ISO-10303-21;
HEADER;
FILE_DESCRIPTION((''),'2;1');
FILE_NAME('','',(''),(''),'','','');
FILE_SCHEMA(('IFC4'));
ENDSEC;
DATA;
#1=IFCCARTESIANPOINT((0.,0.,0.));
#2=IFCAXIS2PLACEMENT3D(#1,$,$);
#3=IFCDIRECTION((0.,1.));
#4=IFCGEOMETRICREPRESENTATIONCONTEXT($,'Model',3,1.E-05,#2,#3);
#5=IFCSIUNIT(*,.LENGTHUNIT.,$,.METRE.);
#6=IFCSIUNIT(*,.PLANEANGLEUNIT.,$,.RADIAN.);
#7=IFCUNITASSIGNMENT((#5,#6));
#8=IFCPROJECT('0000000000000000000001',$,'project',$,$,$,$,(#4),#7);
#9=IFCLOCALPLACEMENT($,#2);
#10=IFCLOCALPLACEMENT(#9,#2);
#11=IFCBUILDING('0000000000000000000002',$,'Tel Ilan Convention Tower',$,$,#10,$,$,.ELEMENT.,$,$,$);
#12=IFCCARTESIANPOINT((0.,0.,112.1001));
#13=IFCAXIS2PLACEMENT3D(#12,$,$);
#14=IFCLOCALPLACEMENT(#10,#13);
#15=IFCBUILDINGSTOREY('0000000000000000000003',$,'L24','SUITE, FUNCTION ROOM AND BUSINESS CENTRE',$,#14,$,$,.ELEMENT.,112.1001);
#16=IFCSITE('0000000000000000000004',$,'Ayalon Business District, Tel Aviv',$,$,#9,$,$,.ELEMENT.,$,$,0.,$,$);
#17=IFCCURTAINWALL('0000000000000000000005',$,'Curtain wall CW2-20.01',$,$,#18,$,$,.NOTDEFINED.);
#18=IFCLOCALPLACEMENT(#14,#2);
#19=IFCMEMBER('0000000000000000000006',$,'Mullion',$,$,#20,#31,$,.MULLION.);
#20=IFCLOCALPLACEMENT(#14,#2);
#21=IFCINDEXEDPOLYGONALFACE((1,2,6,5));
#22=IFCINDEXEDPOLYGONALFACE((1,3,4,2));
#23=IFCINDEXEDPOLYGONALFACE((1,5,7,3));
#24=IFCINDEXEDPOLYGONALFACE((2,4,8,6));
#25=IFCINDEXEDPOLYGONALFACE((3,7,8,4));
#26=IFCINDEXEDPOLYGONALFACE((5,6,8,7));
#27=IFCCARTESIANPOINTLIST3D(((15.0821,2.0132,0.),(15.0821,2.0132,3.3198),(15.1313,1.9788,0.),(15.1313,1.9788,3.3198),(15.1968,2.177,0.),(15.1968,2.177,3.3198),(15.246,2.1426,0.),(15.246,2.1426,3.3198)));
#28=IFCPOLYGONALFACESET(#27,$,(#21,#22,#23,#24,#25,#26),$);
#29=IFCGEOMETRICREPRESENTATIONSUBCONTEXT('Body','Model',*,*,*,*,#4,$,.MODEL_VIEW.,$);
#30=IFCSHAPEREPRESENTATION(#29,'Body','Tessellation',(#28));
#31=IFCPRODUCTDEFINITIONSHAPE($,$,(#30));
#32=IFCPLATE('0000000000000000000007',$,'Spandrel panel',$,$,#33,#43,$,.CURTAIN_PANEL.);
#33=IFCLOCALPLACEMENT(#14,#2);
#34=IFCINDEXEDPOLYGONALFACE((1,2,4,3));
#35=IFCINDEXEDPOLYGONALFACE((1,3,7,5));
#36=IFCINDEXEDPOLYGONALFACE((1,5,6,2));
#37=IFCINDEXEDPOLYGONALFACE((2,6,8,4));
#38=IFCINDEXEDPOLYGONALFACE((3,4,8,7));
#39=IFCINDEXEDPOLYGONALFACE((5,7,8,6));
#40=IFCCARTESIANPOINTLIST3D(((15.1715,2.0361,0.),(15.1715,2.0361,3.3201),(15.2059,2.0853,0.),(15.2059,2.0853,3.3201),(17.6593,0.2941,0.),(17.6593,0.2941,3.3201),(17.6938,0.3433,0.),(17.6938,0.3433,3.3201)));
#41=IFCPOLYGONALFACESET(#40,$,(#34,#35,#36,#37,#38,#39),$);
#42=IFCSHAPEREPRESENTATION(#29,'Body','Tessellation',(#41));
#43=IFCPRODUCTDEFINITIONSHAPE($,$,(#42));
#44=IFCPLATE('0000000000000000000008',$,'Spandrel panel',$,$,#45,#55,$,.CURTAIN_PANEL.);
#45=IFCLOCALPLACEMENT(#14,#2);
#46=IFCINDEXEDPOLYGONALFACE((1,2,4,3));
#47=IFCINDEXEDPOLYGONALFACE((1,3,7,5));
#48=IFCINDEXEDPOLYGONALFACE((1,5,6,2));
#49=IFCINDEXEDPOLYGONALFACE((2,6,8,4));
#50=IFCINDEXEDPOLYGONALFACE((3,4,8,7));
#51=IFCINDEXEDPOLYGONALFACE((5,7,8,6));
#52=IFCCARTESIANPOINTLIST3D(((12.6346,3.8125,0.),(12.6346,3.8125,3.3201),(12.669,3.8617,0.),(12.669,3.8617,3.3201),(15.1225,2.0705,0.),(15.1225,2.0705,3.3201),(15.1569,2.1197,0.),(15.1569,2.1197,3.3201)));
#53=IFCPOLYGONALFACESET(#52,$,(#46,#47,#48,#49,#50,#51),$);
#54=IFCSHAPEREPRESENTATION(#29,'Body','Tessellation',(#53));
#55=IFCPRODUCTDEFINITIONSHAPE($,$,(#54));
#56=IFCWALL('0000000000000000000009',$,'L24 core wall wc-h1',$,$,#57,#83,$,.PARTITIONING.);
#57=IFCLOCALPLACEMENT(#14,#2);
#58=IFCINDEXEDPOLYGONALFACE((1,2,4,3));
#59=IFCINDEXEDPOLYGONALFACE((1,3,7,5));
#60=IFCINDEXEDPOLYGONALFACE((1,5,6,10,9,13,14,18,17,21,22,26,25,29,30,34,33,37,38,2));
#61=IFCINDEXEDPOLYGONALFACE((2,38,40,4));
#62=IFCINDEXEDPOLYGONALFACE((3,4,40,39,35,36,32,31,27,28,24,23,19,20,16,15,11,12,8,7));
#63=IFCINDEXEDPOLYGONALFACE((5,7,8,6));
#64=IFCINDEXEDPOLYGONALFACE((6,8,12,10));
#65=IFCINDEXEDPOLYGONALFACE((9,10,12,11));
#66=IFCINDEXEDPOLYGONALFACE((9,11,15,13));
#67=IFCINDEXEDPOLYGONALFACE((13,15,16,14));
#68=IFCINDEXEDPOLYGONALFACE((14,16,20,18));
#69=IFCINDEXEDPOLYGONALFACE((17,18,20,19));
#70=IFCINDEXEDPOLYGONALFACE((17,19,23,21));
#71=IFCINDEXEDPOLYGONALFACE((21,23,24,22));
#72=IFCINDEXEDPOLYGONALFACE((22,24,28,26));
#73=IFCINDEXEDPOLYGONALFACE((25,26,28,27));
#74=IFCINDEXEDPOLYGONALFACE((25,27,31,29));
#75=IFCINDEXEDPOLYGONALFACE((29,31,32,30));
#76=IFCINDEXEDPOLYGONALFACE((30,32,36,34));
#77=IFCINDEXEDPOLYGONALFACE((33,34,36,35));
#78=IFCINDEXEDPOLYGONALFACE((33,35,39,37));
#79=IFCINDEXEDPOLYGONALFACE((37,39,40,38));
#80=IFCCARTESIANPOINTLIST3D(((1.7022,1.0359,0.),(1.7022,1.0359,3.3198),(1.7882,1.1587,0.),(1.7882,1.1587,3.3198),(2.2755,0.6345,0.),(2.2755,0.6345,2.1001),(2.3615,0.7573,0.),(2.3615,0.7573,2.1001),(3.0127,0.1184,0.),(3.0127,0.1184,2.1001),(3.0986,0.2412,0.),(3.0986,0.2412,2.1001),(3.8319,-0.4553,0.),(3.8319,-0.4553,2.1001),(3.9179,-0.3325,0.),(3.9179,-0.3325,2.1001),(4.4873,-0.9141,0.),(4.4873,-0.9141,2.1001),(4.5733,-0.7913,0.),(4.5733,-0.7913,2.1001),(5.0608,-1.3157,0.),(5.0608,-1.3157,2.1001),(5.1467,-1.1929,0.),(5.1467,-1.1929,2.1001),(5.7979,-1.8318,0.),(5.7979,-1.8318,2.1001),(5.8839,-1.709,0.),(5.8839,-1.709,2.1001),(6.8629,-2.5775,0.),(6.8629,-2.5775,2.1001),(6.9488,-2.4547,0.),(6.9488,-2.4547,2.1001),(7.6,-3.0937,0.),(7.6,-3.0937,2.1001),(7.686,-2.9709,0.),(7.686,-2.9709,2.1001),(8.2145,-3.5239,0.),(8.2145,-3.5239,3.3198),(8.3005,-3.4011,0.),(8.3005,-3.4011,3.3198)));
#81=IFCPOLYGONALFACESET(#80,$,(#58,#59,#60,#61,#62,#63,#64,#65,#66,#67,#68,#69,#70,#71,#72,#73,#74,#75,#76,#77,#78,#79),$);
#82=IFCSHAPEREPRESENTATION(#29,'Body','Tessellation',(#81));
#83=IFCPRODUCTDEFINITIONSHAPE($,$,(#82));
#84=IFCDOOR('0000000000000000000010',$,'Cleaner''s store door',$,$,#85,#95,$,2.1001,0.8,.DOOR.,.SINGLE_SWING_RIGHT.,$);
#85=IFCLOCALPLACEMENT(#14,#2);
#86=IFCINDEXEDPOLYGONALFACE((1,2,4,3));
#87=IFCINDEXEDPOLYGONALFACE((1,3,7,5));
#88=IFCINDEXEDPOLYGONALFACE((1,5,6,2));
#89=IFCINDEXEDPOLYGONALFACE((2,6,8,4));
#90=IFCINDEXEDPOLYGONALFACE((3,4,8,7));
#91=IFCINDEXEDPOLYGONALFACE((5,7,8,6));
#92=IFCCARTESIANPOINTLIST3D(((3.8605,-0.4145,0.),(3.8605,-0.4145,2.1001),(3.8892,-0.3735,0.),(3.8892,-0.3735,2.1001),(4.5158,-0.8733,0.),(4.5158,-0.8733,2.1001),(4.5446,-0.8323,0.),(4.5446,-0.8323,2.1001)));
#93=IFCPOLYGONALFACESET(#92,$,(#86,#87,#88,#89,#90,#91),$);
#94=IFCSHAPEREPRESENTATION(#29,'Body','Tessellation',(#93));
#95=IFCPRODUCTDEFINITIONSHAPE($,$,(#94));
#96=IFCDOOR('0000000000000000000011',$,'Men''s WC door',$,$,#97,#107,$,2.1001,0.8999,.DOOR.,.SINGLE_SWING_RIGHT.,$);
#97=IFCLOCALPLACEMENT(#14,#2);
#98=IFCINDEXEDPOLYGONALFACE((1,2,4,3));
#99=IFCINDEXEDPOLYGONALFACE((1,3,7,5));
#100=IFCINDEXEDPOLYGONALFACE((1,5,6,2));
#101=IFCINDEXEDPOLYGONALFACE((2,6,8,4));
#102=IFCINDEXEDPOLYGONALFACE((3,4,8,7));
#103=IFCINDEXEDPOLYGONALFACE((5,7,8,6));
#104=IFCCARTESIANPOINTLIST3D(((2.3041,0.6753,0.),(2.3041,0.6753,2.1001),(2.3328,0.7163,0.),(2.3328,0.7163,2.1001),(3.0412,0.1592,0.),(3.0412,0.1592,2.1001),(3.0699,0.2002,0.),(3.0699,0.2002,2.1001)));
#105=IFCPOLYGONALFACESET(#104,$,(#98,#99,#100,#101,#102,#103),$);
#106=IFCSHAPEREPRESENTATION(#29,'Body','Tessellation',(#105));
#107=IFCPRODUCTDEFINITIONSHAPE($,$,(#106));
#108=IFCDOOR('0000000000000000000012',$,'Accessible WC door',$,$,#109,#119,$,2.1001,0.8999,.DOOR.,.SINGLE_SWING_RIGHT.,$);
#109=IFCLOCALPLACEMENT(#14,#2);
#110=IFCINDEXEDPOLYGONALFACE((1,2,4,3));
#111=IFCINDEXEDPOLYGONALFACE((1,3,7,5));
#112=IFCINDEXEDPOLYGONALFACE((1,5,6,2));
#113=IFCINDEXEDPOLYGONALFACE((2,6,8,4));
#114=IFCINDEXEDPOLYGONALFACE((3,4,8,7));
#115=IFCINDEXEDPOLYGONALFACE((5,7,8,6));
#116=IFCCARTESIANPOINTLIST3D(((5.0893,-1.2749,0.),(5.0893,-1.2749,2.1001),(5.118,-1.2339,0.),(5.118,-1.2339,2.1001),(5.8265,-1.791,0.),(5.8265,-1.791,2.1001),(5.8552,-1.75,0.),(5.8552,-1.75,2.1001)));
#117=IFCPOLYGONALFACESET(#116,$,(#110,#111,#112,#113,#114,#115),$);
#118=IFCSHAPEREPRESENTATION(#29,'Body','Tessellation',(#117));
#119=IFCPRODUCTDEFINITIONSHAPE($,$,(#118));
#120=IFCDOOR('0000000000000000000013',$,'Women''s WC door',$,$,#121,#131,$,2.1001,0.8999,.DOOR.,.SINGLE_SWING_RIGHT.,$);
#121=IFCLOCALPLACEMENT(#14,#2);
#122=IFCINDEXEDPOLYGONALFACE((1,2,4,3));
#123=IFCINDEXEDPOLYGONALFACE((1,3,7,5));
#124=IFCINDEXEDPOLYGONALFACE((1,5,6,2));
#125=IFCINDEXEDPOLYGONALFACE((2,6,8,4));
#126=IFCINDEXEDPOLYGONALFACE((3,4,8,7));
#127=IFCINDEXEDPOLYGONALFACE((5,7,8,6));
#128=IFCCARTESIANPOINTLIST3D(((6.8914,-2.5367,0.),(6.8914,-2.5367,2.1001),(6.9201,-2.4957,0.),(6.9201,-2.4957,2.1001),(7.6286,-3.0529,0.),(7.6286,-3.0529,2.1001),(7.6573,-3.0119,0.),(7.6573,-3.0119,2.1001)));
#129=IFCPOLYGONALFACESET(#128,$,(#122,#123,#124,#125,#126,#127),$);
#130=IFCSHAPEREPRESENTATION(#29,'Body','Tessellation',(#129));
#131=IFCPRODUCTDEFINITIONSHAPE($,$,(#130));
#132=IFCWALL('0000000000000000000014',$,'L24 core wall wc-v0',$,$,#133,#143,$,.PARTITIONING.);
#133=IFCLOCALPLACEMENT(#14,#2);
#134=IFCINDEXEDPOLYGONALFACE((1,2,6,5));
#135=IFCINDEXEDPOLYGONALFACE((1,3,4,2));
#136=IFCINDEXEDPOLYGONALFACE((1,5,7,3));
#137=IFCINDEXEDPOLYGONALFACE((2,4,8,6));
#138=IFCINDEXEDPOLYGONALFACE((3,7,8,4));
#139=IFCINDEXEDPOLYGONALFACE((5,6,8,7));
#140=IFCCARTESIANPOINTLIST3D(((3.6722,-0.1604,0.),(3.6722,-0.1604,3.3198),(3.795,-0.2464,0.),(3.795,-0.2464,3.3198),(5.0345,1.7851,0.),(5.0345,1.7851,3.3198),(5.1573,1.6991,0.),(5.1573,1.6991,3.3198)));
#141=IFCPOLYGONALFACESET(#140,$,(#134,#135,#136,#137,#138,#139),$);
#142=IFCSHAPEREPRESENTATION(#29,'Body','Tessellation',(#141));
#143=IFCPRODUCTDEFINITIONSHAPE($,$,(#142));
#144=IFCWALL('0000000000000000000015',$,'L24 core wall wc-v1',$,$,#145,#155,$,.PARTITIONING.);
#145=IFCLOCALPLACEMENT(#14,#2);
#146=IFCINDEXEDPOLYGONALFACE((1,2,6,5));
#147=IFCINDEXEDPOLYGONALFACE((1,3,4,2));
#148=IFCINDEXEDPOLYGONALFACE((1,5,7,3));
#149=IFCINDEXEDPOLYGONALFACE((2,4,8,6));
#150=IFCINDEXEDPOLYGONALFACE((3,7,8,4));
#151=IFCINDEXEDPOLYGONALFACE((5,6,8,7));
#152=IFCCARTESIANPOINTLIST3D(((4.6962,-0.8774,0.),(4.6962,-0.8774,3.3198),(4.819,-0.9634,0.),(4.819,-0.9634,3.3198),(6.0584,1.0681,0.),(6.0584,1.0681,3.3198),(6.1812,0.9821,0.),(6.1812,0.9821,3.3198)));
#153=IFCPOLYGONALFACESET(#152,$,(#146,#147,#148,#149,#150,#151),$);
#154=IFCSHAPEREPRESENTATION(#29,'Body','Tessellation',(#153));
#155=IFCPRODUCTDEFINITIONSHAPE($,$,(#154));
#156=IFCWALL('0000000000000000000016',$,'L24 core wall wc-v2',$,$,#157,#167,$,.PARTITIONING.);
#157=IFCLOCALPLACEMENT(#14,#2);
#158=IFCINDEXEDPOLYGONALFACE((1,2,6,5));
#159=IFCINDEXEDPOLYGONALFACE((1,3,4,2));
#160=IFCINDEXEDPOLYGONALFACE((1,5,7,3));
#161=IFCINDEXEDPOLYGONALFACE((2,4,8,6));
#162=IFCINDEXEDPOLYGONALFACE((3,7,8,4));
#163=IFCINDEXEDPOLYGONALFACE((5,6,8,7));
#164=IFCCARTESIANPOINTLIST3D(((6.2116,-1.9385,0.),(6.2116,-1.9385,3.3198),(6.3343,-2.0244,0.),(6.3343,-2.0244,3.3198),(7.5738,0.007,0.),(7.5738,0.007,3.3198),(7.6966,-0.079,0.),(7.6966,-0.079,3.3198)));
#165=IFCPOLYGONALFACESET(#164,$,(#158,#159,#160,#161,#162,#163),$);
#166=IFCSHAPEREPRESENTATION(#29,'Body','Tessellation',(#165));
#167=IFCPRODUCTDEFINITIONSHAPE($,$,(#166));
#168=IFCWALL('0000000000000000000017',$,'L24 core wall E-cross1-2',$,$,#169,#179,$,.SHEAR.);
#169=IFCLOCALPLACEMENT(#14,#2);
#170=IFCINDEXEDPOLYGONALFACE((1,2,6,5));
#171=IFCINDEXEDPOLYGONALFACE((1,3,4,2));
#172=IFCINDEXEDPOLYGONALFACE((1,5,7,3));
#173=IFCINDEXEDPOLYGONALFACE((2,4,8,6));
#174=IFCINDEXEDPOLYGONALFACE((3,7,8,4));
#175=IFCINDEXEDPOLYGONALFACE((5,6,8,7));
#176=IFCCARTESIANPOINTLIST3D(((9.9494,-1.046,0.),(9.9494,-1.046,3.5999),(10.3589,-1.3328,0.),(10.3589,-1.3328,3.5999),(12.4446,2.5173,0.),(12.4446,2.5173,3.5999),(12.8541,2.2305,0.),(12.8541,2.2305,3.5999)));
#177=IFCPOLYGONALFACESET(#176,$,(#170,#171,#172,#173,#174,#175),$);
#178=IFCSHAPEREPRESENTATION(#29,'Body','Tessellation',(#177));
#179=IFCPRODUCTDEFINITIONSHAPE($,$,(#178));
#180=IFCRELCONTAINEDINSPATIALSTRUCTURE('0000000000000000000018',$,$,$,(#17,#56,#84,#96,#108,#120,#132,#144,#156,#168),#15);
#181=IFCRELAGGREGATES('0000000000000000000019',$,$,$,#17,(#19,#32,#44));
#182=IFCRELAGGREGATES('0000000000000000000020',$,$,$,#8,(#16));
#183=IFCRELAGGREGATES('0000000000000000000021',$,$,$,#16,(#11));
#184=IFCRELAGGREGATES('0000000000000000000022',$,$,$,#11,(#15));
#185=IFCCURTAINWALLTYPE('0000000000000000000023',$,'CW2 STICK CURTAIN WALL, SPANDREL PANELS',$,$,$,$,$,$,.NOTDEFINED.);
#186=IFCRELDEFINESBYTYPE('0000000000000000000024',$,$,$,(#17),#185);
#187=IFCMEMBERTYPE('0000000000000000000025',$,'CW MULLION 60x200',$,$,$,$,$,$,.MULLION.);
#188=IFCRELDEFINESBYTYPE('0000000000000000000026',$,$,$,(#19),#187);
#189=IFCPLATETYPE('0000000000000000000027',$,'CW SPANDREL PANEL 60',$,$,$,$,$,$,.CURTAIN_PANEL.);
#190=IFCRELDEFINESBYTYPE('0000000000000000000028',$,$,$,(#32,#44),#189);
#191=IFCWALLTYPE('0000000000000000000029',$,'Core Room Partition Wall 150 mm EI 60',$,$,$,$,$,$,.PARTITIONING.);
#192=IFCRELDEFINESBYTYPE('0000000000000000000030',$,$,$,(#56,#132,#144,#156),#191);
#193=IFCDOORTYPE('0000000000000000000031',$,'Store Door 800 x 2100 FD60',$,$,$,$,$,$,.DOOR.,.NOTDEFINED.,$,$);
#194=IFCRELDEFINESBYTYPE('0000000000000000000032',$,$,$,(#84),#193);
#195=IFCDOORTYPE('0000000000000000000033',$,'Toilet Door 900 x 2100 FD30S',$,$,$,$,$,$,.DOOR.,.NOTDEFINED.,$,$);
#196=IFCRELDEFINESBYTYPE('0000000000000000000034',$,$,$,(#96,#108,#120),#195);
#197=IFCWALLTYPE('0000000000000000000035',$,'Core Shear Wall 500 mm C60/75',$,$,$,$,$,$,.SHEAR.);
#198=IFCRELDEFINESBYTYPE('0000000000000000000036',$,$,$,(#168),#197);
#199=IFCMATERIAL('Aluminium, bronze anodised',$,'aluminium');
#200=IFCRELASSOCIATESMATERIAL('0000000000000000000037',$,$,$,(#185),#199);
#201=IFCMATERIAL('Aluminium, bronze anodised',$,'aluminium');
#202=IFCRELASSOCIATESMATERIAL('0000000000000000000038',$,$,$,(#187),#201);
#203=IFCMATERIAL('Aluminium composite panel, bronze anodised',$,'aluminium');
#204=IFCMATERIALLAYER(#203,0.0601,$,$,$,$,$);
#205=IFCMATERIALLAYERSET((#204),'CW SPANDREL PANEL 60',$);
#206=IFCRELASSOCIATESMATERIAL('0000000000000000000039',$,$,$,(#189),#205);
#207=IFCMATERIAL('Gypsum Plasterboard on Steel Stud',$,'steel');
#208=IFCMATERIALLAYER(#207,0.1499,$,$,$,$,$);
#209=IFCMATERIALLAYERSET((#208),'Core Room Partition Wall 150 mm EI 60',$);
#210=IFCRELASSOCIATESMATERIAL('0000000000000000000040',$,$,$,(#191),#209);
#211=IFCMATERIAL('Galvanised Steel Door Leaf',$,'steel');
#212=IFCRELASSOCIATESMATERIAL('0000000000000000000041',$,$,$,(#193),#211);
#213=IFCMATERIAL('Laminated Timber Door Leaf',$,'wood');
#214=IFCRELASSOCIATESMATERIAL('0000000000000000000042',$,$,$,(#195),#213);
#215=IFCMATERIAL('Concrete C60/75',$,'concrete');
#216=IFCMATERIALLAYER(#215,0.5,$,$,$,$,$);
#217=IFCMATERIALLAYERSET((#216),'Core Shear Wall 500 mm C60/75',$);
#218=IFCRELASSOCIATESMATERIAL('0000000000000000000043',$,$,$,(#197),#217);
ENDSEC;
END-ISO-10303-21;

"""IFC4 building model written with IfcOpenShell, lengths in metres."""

from ifc_helpers import new_model, si_unit, direction, frame, frame_2d, origin, origin_2d, place, context, subcontext, project, spatial, polyline, rectangle, outline, extrude, material, layer, layer_set, material_profile, profile_set, type_object, element, fill, aggregate, save


model = new_model("IFC4")

# Units and contexts
model_context = context("Model", 3, precision=1e-05, world=origin(), true_north=direction((0.0, 1.0)))
body_context = subcontext(model_context, "Body", "Model", "MODEL_VIEW")
ifc_project = project(units=[si_unit("LENGTHUNIT", "METRE"), si_unit("PLANEANGLEUNIT", "RADIAN")], contexts=[model_context])

# Site, building, storey
site_placement = place(None, origin())
site = spatial("IfcSite", under=ifc_project, at=site_placement, Name="Ayalon Business District, Tel Aviv", CompositionType="ELEMENT", RefElevation=0.0)
building_placement = place(site_placement, origin())
building = spatial("IfcBuilding", under=site, at=building_placement, Name="Tel Ilan Convention Tower", CompositionType="ELEMENT")
storey_placement = place(building_placement, frame((0.0, 0.0, 112.1001)))
storey = spatial("IfcBuildingStorey", under=building, at=storey_placement, Name="L24", Description="SUITE, FUNCTION ROOM AND BUSINESS CENTRE", CompositionType="ELEMENT", Elevation=112.1001)

# Curtain wall, member, plates
ifc_material_1 = material(Name="Aluminium, bronze anodised", Category="aluminium")
curtain_wall_type = type_object("IfcCurtainWallType", Name="CW2 STICK CURTAIN WALL, SPANDREL PANELS", PredefinedType="NOTDEFINED", material=ifc_material_1)
curtain_wall_placement = place(storey_placement, origin())
curtain_wall = element("IfcCurtainWall", 1, at=curtain_wall_placement, inside=storey, type_object=curtain_wall_type, Name="Curtain wall CW2-20.01", PredefinedType="NOTDEFINED")
ifc_material_2 = material(Name="Aluminium, bronze anodised", Category="aluminium")
ifc_material_profile = material_profile(ifc_material_2, rectangle(XDim=0.0601, YDim=0.2, at=origin_2d()), Name="CW MULLION 60x200")
ifc_profile_set = profile_set([ifc_material_profile], Name="Aluminium, bronze anodised")
member_type = type_object("IfcMemberType", Name="CW MULLION 60x200", PredefinedType="MULLION", material=ifc_profile_set)
member_placement = place(storey_placement, frame((15.1641, 2.0779, 0.0), z_axis=(0.0, 0.0, 1.0), x_axis=(-0.819152, 0.573576, 0.0)))
member = element("IfcMember", 2, at=member_placement, type_object=member_type, Name="Mullion", PredefinedType="MULLION", context=body_context, shape_type="SweptSolid", body=[
    extrude(rectangle(XDim=0.0601, YDim=0.2, at=origin_2d()), origin(), (0.0, 0.0, 1.0), 3.3198),
])
ifc_material_3 = material(Name="Aluminium composite panel, bronze anodised", Category="aluminium")
ifc_layer_1 = layer(ifc_material_3, 0.0601)
ifc_layer_set_1 = layer_set([ifc_layer_1], Name="CW SPANDREL PANEL 60")
plate_type = type_object("IfcPlateType", Name="CW SPANDREL PANEL 60", PredefinedType="CURTAIN_PANEL", material=ifc_layer_set_1)
plate_1_placement = place(storey_placement, frame((16.4326, 1.1897, 0.0), z_axis=(0.0, 0.0, 1.0), x_axis=(-0.819152, 0.573576, 0.0)))
plate_1 = element("IfcPlate", 3, at=plate_1_placement, type_object=plate_type, Name="Spandrel panel", PredefinedType="CURTAIN_PANEL", context=body_context, shape_type="SweptSolid", body=[
    extrude(rectangle(XDim=3.0371, YDim=0.0601, at=origin_2d()), origin(), (0.0, 0.0, 1.0), 3.3201),
])
plate_2_placement = place(storey_placement, frame((13.8958, 2.9661, 0.0), z_axis=(0.0, 0.0, 1.0), x_axis=(-0.819152, 0.573576, 0.0)))
plate_2 = element("IfcPlate", 4, at=plate_2_placement, type_object=plate_type, Name="Spandrel panel", PredefinedType="CURTAIN_PANEL", context=body_context, shape_type="SweptSolid", body=[
    extrude(rectangle(XDim=3.0371, YDim=0.0601, at=origin_2d()), origin(), (0.0, 0.0, 1.0), 3.3201),
])
aggregate(curtain_wall, [member, plate_1, plate_2])

# Wall, openings, doors
ifc_material_4 = material(Name="Gypsum Plasterboard on Steel Stud", Category="steel")
ifc_layer_2 = layer(ifc_material_4, 0.1499)
ifc_layer_set_2 = layer_set([ifc_layer_2], Name="Core Room Partition Wall 150 mm EI 60")
wall_type_1 = type_object("IfcWallType", Name="Core Room Partition Wall 150 mm EI 60", PredefinedType="PARTITIONING", material=ifc_layer_set_2)
wall_1_placement = place(storey_placement, frame((1.7451, 1.0974, 0.0), z_axis=(0.0, 0.0, 1.0), x_axis=(0.819157, -0.57357, 0.0)))
wall_1 = element("IfcWall", 5, at=wall_1_placement, inside=storey, type_object=wall_type_1, Name="L24 core wall wc-h1", PredefinedType="PARTITIONING", context=body_context, shape_type="SweptSolid", body=[
    extrude(rectangle(XDim=7.95, YDim=0.1499, at=frame_2d((3.9751, 0.0))), origin(), (0.0, 0.0, 1.0), 3.3198),
])
opening_1_placement = place(wall_1_placement, frame((0.7, 0.0, 0.0)))
opening_1 = element("IfcOpeningElement", 6, at=opening_1_placement, cuts=wall_1, PredefinedType="OPENING", context=body_context, shape_type="SweptSolid", body=[
    extrude(rectangle(XDim=0.8999, YDim=2.1001, at=frame_2d((0.45, 1.05))), frame((0.0, 0.085, 0.0), z_axis=(0.0, -1.0, 0.0), x_axis=(1.0, 0.0, 0.0)), (0.0, 0.0, 1.0), 0.1699),
])
opening_2_placement = place(wall_1_placement, frame((2.6001, 0.0, 0.0)))
opening_2 = element("IfcOpeningElement", 7, at=opening_2_placement, cuts=wall_1, PredefinedType="OPENING", context=body_context, shape_type="SweptSolid", body=[
    extrude(rectangle(XDim=0.8, YDim=2.1001, at=frame_2d((0.3999, 1.05))), frame((0.0, 0.085, 0.0), z_axis=(0.0, -1.0, 0.0), x_axis=(1.0, 0.0, 0.0)), (0.0, 0.0, 1.0), 0.1699),
])
opening_3_placement = place(wall_1_placement, frame((4.1001, 0.0, 0.0)))
opening_3 = element("IfcOpeningElement", 8, at=opening_3_placement, cuts=wall_1, PredefinedType="OPENING", context=body_context, shape_type="SweptSolid", body=[
    extrude(rectangle(XDim=0.8999, YDim=2.1001, at=frame_2d((0.45, 1.05))), frame((0.0, 0.085, 0.0), z_axis=(0.0, -1.0, 0.0), x_axis=(1.0, 0.0, 0.0)), (0.0, 0.0, 1.0), 0.1699),
])
opening_4_placement = place(wall_1_placement, frame((6.3, 0.0, 0.0)))
opening_4 = element("IfcOpeningElement", 9, at=opening_4_placement, cuts=wall_1, PredefinedType="OPENING", context=body_context, shape_type="SweptSolid", body=[
    extrude(rectangle(XDim=0.8999, YDim=2.1001, at=frame_2d((0.45, 1.05))), frame((0.0, 0.085, 0.0), z_axis=(0.0, -1.0, 0.0), x_axis=(1.0, 0.0, 0.0)), (0.0, 0.0, 1.0), 0.1699),
])
ifc_material_5 = material(Name="Galvanised Steel Door Leaf", Category="steel")
door_type_1 = type_object("IfcDoorType", Name="Store Door 800 x 2100 FD60", OperationType="NOTDEFINED", PredefinedType="DOOR", material=ifc_material_5)
door_1_placement = place(opening_2_placement, origin())
door_1 = element("IfcDoor", 10, at=door_1_placement, inside=storey, type_object=door_type_1, Name="Cleaner's store door", OperationType="SINGLE_SWING_RIGHT", OverallHeight=2.1001, OverallWidth=0.8, PredefinedType="DOOR", context=body_context, shape_type="SweptSolid", body=[
    extrude(rectangle(XDim=0.8, YDim=2.1001, at=frame_2d((0.3999, 1.05))), frame((0.0, 0.0249, 0.0), z_axis=(0.0, -1.0, 0.0), x_axis=(1.0, 0.0, 0.0)), (0.0, 0.0, 1.0), 0.05),
])
fill(opening_2, door_1)
ifc_material_6 = material(Name="Laminated Timber Door Leaf", Category="wood")
door_type_2 = type_object("IfcDoorType", Name="Toilet Door 900 x 2100 FD30S", OperationType="NOTDEFINED", PredefinedType="DOOR", material=ifc_material_6)
door_2_placement = place(opening_1_placement, origin())
door_2 = element("IfcDoor", 11, at=door_2_placement, inside=storey, type_object=door_type_2, Name="Men's WC door", OperationType="SINGLE_SWING_RIGHT", OverallHeight=2.1001, OverallWidth=0.8999, PredefinedType="DOOR", context=body_context, shape_type="SweptSolid", body=[
    extrude(rectangle(XDim=0.8999, YDim=2.1001, at=frame_2d((0.45, 1.05))), frame((0.0, 0.0249, 0.0), z_axis=(0.0, -1.0, 0.0), x_axis=(1.0, 0.0, 0.0)), (0.0, 0.0, 1.0), 0.05),
])
fill(opening_1, door_2)
door_3_placement = place(opening_3_placement, origin())
door_3 = element("IfcDoor", 12, at=door_3_placement, inside=storey, type_object=door_type_2, Name="Accessible WC door", OperationType="SINGLE_SWING_RIGHT", OverallHeight=2.1001, OverallWidth=0.8999, PredefinedType="DOOR", context=body_context, shape_type="SweptSolid", body=[
    extrude(rectangle(XDim=0.8999, YDim=2.1001, at=frame_2d((0.45, 1.05))), frame((0.0, 0.0249, 0.0), z_axis=(0.0, -1.0, 0.0), x_axis=(1.0, 0.0, 0.0)), (0.0, 0.0, 1.0), 0.05),
])
fill(opening_3, door_3)
door_4_placement = place(opening_4_placement, origin())
door_4 = element("IfcDoor", 13, at=door_4_placement, inside=storey, type_object=door_type_2, Name="Women's WC door", OperationType="SINGLE_SWING_RIGHT", OverallHeight=2.1001, OverallWidth=0.8999, PredefinedType="DOOR", context=body_context, shape_type="SweptSolid", body=[
    extrude(rectangle(XDim=0.8999, YDim=2.1001, at=frame_2d((0.45, 1.05))), frame((0.0, 0.0249, 0.0), z_axis=(0.0, -1.0, 0.0), x_axis=(1.0, 0.0, 0.0)), (0.0, 0.0, 1.0), 0.05),
])
fill(opening_4, door_4)

# Walls
for number, where, z_axis, x_axis, name in (
    (14, (3.7336, -0.2034, 0.0), (0.0, 0.0, 1.0), (0.57358, 0.81915, 0.0), "L24 core wall wc-v0"),
    (15, (4.7576, -0.9204, 0.0), (0.0, 0.0, 1.0), (0.57358, 0.81915, 0.0), "L24 core wall wc-v1"),
    (16, (6.2729, -1.9814, 0.0), (0.0, 0.0, 1.0), (0.57358, 0.81915, 0.0), "L24 core wall wc-v2"),
):
    element("IfcWall", number, at=place(storey_placement, frame(where, z_axis=z_axis, x_axis=x_axis)), inside=storey, type_object=wall_type_1, Name=name, PredefinedType="PARTITIONING", context=body_context, shape_type="SweptSolid", body=[
        extrude(rectangle(XDim=2.375, YDim=0.1499, at=frame_2d((1.1875, 0.0))), origin(), (0.0, 0.0, 1.0), 3.3198),
    ])
ifc_material_7 = material(Name="Concrete C60/75", Category="concrete")
ifc_layer_3 = layer(ifc_material_7, 0.5)
ifc_layer_set_3 = layer_set([ifc_layer_3], Name="Core Shear Wall 500 mm C60/75")
wall_type_2 = type_object("IfcWallType", Name="Core Shear Wall 500 mm C60/75", PredefinedType="SHEAR", material=ifc_layer_set_3)
wall_2_placement = place(storey_placement, frame((10.1543, -1.1892, 0.0), z_axis=(0.0, 0.0, 1.0), x_axis=(0.573594, 0.81914, 0.0)))
element("IfcWall", 17, at=wall_2_placement, inside=storey, type_object=wall_type_2, Name="L24 core wall E-cross1-2", PredefinedType="SHEAR", context=body_context, shape_type="SweptSolid", body=[
    extrude(outline(polyline([(4.3499, -0.25), (4.3499, 0.25), (-0.0002, 0.25), (-0.0002, -0.25), (4.3499, -0.25)])), origin(), (0.0, 0.0, 1.0), 3.5999),
])

save(model, "model.ifc")
